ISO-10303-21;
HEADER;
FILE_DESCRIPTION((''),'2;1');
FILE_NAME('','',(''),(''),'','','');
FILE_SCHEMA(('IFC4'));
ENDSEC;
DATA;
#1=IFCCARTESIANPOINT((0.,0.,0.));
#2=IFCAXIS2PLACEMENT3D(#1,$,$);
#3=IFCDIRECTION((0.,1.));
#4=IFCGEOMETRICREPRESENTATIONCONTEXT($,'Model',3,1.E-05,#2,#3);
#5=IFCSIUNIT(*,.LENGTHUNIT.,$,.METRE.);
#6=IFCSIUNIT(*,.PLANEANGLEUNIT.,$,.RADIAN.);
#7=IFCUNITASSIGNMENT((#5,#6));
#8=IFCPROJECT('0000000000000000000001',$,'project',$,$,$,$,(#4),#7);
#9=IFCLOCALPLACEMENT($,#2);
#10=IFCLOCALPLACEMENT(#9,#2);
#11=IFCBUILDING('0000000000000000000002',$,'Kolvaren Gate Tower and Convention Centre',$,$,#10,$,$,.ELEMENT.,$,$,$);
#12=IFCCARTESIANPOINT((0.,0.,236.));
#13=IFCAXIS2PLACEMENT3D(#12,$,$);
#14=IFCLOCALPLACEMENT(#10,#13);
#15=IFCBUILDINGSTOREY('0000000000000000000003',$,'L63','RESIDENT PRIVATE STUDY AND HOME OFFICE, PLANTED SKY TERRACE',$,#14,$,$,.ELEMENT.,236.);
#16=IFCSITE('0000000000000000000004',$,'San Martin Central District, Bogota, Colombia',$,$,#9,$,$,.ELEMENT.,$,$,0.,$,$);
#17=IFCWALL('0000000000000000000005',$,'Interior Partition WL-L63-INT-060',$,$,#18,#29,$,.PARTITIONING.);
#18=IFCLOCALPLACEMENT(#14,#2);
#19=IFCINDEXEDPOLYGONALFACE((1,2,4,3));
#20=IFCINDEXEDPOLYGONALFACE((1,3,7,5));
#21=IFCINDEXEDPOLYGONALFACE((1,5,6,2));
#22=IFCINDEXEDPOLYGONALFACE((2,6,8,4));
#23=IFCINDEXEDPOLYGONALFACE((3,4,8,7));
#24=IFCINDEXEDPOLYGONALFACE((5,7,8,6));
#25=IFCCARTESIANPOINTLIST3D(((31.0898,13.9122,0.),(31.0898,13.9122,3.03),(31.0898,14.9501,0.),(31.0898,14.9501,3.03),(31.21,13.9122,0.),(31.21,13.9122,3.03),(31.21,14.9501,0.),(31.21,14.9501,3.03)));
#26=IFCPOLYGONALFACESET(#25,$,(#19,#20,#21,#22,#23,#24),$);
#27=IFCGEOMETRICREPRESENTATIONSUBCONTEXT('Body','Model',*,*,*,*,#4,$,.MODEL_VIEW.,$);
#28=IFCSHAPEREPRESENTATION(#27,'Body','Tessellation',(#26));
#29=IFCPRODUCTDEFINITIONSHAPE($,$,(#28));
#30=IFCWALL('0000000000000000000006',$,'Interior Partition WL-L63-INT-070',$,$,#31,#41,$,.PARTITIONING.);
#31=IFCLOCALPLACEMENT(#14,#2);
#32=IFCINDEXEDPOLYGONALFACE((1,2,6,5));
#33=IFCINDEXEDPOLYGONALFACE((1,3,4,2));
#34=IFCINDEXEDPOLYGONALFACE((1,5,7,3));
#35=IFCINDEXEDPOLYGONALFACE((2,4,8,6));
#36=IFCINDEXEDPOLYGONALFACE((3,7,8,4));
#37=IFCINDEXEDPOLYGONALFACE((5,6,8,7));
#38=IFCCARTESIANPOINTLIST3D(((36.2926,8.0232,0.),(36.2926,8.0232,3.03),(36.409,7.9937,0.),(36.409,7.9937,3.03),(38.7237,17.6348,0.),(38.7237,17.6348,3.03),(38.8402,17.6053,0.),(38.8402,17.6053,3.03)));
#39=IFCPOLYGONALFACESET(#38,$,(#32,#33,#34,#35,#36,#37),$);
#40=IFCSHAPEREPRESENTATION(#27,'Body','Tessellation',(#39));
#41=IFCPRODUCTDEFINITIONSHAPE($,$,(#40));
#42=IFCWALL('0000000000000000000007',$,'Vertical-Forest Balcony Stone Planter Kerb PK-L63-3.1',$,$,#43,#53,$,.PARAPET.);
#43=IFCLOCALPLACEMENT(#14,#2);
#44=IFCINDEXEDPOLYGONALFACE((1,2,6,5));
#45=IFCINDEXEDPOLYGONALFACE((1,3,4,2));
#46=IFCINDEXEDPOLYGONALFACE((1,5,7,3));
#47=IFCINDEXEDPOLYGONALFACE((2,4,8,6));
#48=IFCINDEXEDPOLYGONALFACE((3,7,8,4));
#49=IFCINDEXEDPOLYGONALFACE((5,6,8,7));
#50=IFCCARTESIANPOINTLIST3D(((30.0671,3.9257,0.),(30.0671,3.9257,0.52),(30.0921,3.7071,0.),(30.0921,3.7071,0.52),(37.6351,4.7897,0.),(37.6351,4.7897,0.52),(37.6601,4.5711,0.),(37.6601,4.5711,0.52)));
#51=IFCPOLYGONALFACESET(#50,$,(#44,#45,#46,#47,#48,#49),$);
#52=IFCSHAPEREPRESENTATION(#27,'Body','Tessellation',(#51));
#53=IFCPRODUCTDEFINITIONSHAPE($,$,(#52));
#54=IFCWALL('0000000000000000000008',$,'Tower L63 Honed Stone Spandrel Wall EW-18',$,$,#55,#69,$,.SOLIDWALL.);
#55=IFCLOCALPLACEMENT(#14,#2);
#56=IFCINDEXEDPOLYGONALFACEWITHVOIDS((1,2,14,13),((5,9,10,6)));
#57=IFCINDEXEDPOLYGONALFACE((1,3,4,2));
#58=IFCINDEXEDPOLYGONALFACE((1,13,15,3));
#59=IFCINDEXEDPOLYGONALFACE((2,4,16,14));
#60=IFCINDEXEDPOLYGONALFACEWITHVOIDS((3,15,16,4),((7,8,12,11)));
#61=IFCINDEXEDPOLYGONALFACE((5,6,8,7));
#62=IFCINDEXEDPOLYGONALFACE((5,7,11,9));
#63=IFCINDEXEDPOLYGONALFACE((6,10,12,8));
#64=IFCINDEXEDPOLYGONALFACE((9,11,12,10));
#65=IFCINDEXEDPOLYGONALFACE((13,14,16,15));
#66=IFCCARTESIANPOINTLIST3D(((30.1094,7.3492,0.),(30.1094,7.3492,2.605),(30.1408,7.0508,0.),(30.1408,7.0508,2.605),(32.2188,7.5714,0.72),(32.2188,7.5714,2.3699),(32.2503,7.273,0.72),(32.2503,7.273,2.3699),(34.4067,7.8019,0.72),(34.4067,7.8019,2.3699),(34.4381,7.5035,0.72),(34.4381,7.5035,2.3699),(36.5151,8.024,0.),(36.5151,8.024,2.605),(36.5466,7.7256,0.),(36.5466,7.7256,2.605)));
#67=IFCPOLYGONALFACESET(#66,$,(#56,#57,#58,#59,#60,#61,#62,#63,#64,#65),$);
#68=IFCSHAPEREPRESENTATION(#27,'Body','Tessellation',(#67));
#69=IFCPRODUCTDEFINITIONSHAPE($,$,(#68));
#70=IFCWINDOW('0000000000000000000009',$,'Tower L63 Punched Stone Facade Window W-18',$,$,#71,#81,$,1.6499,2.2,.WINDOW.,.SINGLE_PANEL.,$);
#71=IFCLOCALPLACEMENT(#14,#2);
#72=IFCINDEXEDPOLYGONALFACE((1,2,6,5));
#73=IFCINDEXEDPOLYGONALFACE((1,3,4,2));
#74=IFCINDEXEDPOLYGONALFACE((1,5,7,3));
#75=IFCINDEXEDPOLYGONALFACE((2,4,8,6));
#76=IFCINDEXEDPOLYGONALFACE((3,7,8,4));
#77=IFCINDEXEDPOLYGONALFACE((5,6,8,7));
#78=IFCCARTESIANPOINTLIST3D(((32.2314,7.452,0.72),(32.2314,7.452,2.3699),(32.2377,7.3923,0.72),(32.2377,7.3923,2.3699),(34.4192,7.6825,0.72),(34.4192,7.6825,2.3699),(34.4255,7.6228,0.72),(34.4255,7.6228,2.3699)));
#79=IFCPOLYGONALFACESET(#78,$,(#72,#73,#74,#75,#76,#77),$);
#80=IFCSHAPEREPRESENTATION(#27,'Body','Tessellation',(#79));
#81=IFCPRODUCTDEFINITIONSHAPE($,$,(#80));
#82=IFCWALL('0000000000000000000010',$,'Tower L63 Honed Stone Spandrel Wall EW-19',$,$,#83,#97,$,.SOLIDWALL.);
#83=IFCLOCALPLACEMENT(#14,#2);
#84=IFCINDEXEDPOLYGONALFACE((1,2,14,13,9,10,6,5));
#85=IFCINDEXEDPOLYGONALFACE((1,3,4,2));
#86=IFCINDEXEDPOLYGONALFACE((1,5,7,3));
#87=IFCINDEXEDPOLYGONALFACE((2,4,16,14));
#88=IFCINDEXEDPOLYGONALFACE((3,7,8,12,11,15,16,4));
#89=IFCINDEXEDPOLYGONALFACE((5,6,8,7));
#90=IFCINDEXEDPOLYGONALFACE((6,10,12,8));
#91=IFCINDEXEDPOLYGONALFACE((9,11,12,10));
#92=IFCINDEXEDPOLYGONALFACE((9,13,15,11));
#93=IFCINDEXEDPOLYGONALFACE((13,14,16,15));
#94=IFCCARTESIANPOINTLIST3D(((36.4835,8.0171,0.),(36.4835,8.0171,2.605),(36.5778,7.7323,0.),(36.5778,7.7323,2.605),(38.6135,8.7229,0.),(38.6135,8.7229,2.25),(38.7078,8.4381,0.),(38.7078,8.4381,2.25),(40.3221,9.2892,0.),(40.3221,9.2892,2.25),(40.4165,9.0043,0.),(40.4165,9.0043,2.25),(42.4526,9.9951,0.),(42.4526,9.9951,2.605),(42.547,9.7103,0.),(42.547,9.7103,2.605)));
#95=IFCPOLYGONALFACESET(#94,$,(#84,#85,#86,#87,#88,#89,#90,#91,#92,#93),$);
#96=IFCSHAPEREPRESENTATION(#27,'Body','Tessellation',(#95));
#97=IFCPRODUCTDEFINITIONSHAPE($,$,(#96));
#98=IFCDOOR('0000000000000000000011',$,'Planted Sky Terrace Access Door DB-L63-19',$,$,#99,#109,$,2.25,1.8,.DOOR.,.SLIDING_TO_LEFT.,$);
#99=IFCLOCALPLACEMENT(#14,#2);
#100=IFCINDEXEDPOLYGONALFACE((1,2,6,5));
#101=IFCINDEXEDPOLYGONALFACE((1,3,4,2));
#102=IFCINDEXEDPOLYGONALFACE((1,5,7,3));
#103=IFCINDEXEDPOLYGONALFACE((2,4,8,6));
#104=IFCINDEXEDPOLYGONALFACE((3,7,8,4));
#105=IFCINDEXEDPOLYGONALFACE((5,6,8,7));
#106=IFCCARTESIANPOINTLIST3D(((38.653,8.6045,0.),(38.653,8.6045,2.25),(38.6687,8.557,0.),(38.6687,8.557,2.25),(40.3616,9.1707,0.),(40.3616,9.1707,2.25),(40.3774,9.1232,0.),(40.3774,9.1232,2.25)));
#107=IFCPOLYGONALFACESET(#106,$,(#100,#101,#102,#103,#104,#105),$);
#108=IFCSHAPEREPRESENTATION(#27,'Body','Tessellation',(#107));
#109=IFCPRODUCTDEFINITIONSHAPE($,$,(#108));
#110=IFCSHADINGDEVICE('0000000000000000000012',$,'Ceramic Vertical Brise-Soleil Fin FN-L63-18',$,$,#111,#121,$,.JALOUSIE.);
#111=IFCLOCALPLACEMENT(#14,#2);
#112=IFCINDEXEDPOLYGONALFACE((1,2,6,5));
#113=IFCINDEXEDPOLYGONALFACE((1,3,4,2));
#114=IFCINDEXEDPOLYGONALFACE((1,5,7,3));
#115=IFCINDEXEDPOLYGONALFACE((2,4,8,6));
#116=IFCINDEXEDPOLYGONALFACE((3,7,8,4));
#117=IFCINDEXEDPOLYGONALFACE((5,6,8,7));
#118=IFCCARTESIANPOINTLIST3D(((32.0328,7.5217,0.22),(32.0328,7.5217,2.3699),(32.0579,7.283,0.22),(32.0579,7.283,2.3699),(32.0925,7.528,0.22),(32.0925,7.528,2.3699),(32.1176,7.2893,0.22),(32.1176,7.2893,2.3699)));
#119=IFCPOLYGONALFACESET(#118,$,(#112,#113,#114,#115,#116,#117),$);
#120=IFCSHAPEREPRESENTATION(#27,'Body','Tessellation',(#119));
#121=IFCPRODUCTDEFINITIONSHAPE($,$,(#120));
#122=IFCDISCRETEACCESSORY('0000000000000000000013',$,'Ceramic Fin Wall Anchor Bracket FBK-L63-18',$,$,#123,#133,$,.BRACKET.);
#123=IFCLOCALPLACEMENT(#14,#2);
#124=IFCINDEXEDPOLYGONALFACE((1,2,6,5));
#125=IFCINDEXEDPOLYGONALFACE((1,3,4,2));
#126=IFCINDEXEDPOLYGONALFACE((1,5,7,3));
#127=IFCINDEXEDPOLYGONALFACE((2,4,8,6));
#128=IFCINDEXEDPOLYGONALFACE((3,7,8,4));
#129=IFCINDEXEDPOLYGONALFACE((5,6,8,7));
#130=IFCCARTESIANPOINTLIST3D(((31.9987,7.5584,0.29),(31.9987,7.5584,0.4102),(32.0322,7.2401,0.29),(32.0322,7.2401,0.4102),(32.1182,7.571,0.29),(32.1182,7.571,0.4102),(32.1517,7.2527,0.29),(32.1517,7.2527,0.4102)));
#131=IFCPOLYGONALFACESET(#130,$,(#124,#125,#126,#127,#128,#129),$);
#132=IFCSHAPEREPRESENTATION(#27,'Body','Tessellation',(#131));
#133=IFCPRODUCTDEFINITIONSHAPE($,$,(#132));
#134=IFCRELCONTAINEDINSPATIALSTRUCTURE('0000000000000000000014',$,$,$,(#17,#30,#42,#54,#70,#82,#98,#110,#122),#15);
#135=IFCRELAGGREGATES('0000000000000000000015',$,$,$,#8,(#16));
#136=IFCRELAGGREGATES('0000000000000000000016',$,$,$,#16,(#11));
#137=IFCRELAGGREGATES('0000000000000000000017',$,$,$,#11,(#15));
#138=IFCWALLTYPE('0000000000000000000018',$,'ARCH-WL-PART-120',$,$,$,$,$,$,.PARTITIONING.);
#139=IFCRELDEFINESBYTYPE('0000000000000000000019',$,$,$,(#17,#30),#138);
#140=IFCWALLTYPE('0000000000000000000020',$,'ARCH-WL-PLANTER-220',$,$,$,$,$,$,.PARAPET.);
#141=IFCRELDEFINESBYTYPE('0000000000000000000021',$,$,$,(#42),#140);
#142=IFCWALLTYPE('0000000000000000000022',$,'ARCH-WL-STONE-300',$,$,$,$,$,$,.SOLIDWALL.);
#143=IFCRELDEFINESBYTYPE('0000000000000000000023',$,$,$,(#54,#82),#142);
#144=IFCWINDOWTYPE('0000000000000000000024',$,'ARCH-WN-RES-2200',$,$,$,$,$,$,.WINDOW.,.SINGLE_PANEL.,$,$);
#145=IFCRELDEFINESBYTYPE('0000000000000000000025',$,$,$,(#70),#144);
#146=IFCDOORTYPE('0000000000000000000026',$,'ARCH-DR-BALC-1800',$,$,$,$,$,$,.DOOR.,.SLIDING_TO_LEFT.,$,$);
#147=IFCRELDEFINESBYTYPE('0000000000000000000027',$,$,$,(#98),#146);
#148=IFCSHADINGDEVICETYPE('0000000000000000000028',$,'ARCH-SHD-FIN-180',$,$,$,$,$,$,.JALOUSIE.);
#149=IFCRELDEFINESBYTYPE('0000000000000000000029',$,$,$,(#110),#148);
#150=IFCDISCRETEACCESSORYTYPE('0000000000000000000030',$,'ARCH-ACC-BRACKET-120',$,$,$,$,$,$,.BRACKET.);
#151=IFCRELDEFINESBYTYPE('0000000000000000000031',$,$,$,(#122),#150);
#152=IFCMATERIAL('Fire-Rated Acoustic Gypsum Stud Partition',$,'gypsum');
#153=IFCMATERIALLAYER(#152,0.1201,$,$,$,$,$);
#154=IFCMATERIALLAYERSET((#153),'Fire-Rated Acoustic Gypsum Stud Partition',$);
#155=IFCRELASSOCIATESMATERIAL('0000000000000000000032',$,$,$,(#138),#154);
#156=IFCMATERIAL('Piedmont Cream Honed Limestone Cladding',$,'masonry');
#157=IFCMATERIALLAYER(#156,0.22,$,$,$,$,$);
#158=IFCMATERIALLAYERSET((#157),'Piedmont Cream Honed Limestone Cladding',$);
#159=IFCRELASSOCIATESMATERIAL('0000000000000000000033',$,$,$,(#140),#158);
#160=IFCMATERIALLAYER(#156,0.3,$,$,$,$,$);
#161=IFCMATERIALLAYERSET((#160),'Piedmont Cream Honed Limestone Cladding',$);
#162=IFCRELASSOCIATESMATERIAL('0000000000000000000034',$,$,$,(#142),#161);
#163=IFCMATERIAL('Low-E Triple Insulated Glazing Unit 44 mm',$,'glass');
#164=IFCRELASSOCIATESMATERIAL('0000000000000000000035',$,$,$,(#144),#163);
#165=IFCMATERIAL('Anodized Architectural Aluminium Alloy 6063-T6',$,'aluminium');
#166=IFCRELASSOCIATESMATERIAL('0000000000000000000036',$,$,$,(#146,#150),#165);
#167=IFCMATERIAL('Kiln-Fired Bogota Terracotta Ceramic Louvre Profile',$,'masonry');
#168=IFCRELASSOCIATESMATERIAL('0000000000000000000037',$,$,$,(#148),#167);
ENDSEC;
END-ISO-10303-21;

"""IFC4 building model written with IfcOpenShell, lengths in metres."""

from ifc_helpers import new_model, si_unit, direction, frame, frame_2d, origin, origin_2d, place, context, subcontext, project, spatial, rectangle, extrude, material, layer, layer_set, type_object, element, fill, save


model = new_model("IFC4")

# Units and contexts
model_context = context("Model", 3, precision=1e-05, world=origin(), true_north=direction((0.0, 1.0)))
body_context = subcontext(model_context, "Body", "Model", "MODEL_VIEW")
ifc_project = project(units=[si_unit("LENGTHUNIT", "METRE"), si_unit("PLANEANGLEUNIT", "RADIAN")], contexts=[model_context])

# Site, building, storey
site_placement = place(None, origin())
site = spatial("IfcSite", under=ifc_project, at=site_placement, Name="San Martin Central District, Bogota, Colombia", CompositionType="ELEMENT", RefElevation=0.0)
building_placement = place(site_placement, origin())
building = spatial("IfcBuilding", under=site, at=building_placement, Name="Kolvaren Gate Tower and Convention Centre", CompositionType="ELEMENT")
storey_placement = place(building_placement, frame((0.0, 0.0, 236.0)))
storey = spatial("IfcBuildingStorey", under=building, at=storey_placement, Name="L63", Description="RESIDENT PRIVATE STUDY AND HOME OFFICE, PLANTED SKY TERRACE", CompositionType="ELEMENT", Elevation=236.0)

# Walls
ifc_material_1 = material(Name="Fire-Rated Acoustic Gypsum Stud Partition", Category="gypsum")
ifc_layer_1 = layer(ifc_material_1, 0.1201)
ifc_layer_set_1 = layer_set([ifc_layer_1], Name="Fire-Rated Acoustic Gypsum Stud Partition")
wall_type_1 = type_object("IfcWallType", Name="ARCH-WL-PART-120", PredefinedType="PARTITIONING", material=ifc_layer_set_1)
wall_1_placement = place(storey_placement, frame((31.1499, 13.9121, 0.0), z_axis=(0.0, 0.0, 1.0), x_axis=(0.0, 1.0, 0.0)))
element("IfcWall", 1, at=wall_1_placement, inside=storey, type_object=wall_type_1, Name="Interior Partition WL-L63-INT-060", PredefinedType="PARTITIONING", context=body_context, shape_type="SweptSolid", body=[
    extrude(rectangle(XDim=1.0378, YDim=0.1201, at=frame_2d((0.519, 0.0))), origin(), (0.0, 0.0, 1.0), 3.03),
])
wall_2_placement = place(storey_placement, frame((36.3508, 8.0085, 0.0), z_axis=(0.0, 0.0, 1.0), x_axis=(0.245217, 0.969468, 0.0)))
element("IfcWall", 2, at=wall_2_placement, inside=storey, type_object=wall_type_1, Name="Interior Partition WL-L63-INT-070", PredefinedType="PARTITIONING", context=body_context, shape_type="SweptSolid", body=[
    extrude(rectangle(XDim=9.9143, YDim=0.1201, at=frame_2d((4.957, 0.0))), origin(), (0.0, 0.0, 1.0), 3.03),
])
ifc_material_2 = material(Name="Piedmont Cream Honed Limestone Cladding", Category="masonry")
ifc_layer_2 = layer(ifc_material_2, 0.22)
ifc_layer_set_2 = layer_set([ifc_layer_2], Name="Piedmont Cream Honed Limestone Cladding")
wall_type_2 = type_object("IfcWallType", Name="ARCH-WL-PLANTER-220", PredefinedType="PARAPET", material=ifc_layer_set_2)
wall_3_placement = place(storey_placement, frame((30.0796, 3.8164, 0.0), z_axis=(0.0, 0.0, 1.0), x_axis=(0.993546, 0.113428, 0.0)))
element("IfcWall", 3, at=wall_3_placement, inside=storey, type_object=wall_type_2, Name="Vertical-Forest Balcony Stone Planter Kerb PK-L63-3.1", PredefinedType="PARAPET", context=body_context, shape_type="SweptSolid", body=[
    extrude(rectangle(XDim=7.6172, YDim=0.22, at=frame_2d((3.8086, 0.0))), origin(), (0.0, 0.0, 1.0), 0.52),
])

# Wall, opening, window
ifc_layer_3 = layer(ifc_material_2, 0.3)
ifc_layer_set_3 = layer_set([ifc_layer_3], Name="Piedmont Cream Honed Limestone Cladding")
wall_type_3 = type_object("IfcWallType", Name="ARCH-WL-STONE-300", PredefinedType="SOLIDWALL", material=ifc_layer_set_3)
wall_4_placement = place(storey_placement, frame((30.125, 7.2, 0.0), z_axis=(0.0, 0.0, 1.0), x_axis=(0.994497, 0.104764, 0.0)))
wall_4 = element("IfcWall", 4, at=wall_4_placement, inside=storey, type_object=wall_type_3, Name="Tower L63 Honed Stone Spandrel Wall EW-18", PredefinedType="SOLIDWALL", context=body_context, shape_type="SweptSolid", body=[
    extrude(rectangle(XDim=6.4412, YDim=0.3, at=frame_2d((3.2207, 0.0))), origin(), (0.0, 0.0, 1.0), 2.605),
])
opening_1_placement = place(wall_4_placement, frame((2.1211, 0.0, 0.72)))
opening_1 = element("IfcOpeningElement", 5, at=opening_1_placement, cuts=wall_4, PredefinedType="OPENING", context=body_context, shape_type="SweptSolid", body=[
    extrude(rectangle(XDim=2.2, YDim=1.6499, at=frame_2d((1.1001, 0.825))), frame((0.0, 0.1599, 0.0), z_axis=(0.0, -1.0, 0.0), x_axis=(1.0, 0.0, 0.0)), (0.0, 0.0, 1.0), 0.3201),
])
ifc_material_3 = material(Name="Low-E Triple Insulated Glazing Unit 44 mm", Category="glass")
window_type = type_object("IfcWindowType", Name="ARCH-WN-RES-2200", PartitioningType="SINGLE_PANEL", PredefinedType="WINDOW", material=ifc_material_3)
window_placement = place(opening_1_placement, origin())
window = element("IfcWindow", 6, at=window_placement, inside=storey, type_object=window_type, Name="Tower L63 Punched Stone Facade Window W-18", OverallHeight=1.6499, OverallWidth=2.2, PartitioningType="SINGLE_PANEL", PredefinedType="WINDOW", context=body_context, shape_type="SweptSolid", body=[
    extrude(rectangle(XDim=2.2, YDim=1.6499, at=frame_2d((1.1001, 0.825))), frame((0.0, 0.03, 0.0), z_axis=(0.0, -1.0, 0.0), x_axis=(1.0, 0.0, 0.0)), (0.0, 0.0, 1.0), 0.0601),
])
fill(opening_1, window)

# Wall, opening, door
wall_5_placement = place(storey_placement, frame((36.5308, 7.8748, 0.0), z_axis=(0.0, 0.0, 1.0), x_axis=(0.949241, 0.31455, 0.0)))
wall_5 = element("IfcWall", 7, at=wall_5_placement, inside=storey, type_object=wall_type_3, Name="Tower L63 Honed Stone Spandrel Wall EW-19", PredefinedType="SOLIDWALL", context=body_context, shape_type="SweptSolid", body=[
    extrude(rectangle(XDim=6.2883, YDim=0.3, at=frame_2d((3.144, 0.0))), origin(), (0.0, 0.0, 1.0), 2.605),
])
opening_2_placement = place(wall_5_placement, frame((2.2439, 0.0, 0.0)))
opening_2 = element("IfcOpeningElement", 8, at=opening_2_placement, cuts=wall_5, PredefinedType="OPENING", context=body_context, shape_type="SweptSolid", body=[
    extrude(rectangle(XDim=1.8, YDim=2.25, at=frame_2d((0.8999, 1.125))), frame((0.0, 0.1599, 0.0), z_axis=(0.0, -1.0, 0.0), x_axis=(1.0, 0.0, 0.0)), (0.0, 0.0, 1.0), 0.3201),
])
ifc_material_4 = material(Name="Anodized Architectural Aluminium Alloy 6063-T6", Category="aluminium")
door_type = type_object("IfcDoorType", Name="ARCH-DR-BALC-1800", OperationType="SLIDING_TO_LEFT", PredefinedType="DOOR", material=ifc_material_4)
door_placement = place(opening_2_placement, frame((1.8, 0.0, 0.0), z_axis=(0.0, 0.0, 1.0), x_axis=(-1.0, 0.0, 0.0)))
door = element("IfcDoor", 9, at=door_placement, inside=storey, type_object=door_type, Name="Planted Sky Terrace Access Door DB-L63-19", OperationType="SLIDING_TO_LEFT", OverallHeight=2.25, OverallWidth=1.8, PredefinedType="DOOR", context=body_context, shape_type="SweptSolid", body=[
    extrude(rectangle(XDim=1.8, YDim=2.25, at=frame_2d((0.8999, 1.125))), frame((0.0, 0.0249, 0.0), z_axis=(0.0, -1.0, 0.0), x_axis=(1.0, 0.0, 0.0)), (0.0, 0.0, 1.0), 0.05),
])
fill(opening_2, door)

# Shading device
ifc_material_5 = material(Name="Kiln-Fired Bogota Terracotta Ceramic Louvre Profile", Category="masonry")
shading_device_type = type_object("IfcShadingDeviceType", Name="ARCH-SHD-FIN-180", PredefinedType="JALOUSIE", material=ifc_material_5)
shading_device_placement = place(storey_placement, frame((32.0752, 7.4055, 0.22), z_axis=(0.0, 0.0, 1.0), x_axis=(0.994499, 0.104747, 0.0)))
element("IfcShadingDevice", 10, at=shading_device_placement, inside=storey, type_object=shading_device_type, Name="Ceramic Vertical Brise-Soleil Fin FN-L63-18", PredefinedType="JALOUSIE", context=body_context, shape_type="SweptSolid", body=[
    extrude(rectangle(XDim=0.0601, YDim=0.24, at=origin_2d()), origin(), (0.0, 0.0, 1.0), 2.1499),
])

# Discrete accessory
discrete_accessory_type = type_object("IfcDiscreteAccessoryType", Name="ARCH-ACC-BRACKET-120", PredefinedType="BRACKET", material=ifc_material_4)
discrete_accessory_placement = place(storey_placement, frame((32.0752, 7.4055, 0.29), z_axis=(0.0, 0.0, 1.0), x_axis=(0.994499, 0.104747, 0.0)))
element("IfcDiscreteAccessory", 11, at=discrete_accessory_placement, inside=storey, type_object=discrete_accessory_type, Name="Ceramic Fin Wall Anchor Bracket FBK-L63-18", PredefinedType="BRACKET", context=body_context, shape_type="SweptSolid", body=[
    extrude(rectangle(XDim=0.1201, YDim=0.3201, at=origin_2d()), origin(), (0.0, 0.0, 1.0), 0.1201),
])

save(model, "model.ifc")
